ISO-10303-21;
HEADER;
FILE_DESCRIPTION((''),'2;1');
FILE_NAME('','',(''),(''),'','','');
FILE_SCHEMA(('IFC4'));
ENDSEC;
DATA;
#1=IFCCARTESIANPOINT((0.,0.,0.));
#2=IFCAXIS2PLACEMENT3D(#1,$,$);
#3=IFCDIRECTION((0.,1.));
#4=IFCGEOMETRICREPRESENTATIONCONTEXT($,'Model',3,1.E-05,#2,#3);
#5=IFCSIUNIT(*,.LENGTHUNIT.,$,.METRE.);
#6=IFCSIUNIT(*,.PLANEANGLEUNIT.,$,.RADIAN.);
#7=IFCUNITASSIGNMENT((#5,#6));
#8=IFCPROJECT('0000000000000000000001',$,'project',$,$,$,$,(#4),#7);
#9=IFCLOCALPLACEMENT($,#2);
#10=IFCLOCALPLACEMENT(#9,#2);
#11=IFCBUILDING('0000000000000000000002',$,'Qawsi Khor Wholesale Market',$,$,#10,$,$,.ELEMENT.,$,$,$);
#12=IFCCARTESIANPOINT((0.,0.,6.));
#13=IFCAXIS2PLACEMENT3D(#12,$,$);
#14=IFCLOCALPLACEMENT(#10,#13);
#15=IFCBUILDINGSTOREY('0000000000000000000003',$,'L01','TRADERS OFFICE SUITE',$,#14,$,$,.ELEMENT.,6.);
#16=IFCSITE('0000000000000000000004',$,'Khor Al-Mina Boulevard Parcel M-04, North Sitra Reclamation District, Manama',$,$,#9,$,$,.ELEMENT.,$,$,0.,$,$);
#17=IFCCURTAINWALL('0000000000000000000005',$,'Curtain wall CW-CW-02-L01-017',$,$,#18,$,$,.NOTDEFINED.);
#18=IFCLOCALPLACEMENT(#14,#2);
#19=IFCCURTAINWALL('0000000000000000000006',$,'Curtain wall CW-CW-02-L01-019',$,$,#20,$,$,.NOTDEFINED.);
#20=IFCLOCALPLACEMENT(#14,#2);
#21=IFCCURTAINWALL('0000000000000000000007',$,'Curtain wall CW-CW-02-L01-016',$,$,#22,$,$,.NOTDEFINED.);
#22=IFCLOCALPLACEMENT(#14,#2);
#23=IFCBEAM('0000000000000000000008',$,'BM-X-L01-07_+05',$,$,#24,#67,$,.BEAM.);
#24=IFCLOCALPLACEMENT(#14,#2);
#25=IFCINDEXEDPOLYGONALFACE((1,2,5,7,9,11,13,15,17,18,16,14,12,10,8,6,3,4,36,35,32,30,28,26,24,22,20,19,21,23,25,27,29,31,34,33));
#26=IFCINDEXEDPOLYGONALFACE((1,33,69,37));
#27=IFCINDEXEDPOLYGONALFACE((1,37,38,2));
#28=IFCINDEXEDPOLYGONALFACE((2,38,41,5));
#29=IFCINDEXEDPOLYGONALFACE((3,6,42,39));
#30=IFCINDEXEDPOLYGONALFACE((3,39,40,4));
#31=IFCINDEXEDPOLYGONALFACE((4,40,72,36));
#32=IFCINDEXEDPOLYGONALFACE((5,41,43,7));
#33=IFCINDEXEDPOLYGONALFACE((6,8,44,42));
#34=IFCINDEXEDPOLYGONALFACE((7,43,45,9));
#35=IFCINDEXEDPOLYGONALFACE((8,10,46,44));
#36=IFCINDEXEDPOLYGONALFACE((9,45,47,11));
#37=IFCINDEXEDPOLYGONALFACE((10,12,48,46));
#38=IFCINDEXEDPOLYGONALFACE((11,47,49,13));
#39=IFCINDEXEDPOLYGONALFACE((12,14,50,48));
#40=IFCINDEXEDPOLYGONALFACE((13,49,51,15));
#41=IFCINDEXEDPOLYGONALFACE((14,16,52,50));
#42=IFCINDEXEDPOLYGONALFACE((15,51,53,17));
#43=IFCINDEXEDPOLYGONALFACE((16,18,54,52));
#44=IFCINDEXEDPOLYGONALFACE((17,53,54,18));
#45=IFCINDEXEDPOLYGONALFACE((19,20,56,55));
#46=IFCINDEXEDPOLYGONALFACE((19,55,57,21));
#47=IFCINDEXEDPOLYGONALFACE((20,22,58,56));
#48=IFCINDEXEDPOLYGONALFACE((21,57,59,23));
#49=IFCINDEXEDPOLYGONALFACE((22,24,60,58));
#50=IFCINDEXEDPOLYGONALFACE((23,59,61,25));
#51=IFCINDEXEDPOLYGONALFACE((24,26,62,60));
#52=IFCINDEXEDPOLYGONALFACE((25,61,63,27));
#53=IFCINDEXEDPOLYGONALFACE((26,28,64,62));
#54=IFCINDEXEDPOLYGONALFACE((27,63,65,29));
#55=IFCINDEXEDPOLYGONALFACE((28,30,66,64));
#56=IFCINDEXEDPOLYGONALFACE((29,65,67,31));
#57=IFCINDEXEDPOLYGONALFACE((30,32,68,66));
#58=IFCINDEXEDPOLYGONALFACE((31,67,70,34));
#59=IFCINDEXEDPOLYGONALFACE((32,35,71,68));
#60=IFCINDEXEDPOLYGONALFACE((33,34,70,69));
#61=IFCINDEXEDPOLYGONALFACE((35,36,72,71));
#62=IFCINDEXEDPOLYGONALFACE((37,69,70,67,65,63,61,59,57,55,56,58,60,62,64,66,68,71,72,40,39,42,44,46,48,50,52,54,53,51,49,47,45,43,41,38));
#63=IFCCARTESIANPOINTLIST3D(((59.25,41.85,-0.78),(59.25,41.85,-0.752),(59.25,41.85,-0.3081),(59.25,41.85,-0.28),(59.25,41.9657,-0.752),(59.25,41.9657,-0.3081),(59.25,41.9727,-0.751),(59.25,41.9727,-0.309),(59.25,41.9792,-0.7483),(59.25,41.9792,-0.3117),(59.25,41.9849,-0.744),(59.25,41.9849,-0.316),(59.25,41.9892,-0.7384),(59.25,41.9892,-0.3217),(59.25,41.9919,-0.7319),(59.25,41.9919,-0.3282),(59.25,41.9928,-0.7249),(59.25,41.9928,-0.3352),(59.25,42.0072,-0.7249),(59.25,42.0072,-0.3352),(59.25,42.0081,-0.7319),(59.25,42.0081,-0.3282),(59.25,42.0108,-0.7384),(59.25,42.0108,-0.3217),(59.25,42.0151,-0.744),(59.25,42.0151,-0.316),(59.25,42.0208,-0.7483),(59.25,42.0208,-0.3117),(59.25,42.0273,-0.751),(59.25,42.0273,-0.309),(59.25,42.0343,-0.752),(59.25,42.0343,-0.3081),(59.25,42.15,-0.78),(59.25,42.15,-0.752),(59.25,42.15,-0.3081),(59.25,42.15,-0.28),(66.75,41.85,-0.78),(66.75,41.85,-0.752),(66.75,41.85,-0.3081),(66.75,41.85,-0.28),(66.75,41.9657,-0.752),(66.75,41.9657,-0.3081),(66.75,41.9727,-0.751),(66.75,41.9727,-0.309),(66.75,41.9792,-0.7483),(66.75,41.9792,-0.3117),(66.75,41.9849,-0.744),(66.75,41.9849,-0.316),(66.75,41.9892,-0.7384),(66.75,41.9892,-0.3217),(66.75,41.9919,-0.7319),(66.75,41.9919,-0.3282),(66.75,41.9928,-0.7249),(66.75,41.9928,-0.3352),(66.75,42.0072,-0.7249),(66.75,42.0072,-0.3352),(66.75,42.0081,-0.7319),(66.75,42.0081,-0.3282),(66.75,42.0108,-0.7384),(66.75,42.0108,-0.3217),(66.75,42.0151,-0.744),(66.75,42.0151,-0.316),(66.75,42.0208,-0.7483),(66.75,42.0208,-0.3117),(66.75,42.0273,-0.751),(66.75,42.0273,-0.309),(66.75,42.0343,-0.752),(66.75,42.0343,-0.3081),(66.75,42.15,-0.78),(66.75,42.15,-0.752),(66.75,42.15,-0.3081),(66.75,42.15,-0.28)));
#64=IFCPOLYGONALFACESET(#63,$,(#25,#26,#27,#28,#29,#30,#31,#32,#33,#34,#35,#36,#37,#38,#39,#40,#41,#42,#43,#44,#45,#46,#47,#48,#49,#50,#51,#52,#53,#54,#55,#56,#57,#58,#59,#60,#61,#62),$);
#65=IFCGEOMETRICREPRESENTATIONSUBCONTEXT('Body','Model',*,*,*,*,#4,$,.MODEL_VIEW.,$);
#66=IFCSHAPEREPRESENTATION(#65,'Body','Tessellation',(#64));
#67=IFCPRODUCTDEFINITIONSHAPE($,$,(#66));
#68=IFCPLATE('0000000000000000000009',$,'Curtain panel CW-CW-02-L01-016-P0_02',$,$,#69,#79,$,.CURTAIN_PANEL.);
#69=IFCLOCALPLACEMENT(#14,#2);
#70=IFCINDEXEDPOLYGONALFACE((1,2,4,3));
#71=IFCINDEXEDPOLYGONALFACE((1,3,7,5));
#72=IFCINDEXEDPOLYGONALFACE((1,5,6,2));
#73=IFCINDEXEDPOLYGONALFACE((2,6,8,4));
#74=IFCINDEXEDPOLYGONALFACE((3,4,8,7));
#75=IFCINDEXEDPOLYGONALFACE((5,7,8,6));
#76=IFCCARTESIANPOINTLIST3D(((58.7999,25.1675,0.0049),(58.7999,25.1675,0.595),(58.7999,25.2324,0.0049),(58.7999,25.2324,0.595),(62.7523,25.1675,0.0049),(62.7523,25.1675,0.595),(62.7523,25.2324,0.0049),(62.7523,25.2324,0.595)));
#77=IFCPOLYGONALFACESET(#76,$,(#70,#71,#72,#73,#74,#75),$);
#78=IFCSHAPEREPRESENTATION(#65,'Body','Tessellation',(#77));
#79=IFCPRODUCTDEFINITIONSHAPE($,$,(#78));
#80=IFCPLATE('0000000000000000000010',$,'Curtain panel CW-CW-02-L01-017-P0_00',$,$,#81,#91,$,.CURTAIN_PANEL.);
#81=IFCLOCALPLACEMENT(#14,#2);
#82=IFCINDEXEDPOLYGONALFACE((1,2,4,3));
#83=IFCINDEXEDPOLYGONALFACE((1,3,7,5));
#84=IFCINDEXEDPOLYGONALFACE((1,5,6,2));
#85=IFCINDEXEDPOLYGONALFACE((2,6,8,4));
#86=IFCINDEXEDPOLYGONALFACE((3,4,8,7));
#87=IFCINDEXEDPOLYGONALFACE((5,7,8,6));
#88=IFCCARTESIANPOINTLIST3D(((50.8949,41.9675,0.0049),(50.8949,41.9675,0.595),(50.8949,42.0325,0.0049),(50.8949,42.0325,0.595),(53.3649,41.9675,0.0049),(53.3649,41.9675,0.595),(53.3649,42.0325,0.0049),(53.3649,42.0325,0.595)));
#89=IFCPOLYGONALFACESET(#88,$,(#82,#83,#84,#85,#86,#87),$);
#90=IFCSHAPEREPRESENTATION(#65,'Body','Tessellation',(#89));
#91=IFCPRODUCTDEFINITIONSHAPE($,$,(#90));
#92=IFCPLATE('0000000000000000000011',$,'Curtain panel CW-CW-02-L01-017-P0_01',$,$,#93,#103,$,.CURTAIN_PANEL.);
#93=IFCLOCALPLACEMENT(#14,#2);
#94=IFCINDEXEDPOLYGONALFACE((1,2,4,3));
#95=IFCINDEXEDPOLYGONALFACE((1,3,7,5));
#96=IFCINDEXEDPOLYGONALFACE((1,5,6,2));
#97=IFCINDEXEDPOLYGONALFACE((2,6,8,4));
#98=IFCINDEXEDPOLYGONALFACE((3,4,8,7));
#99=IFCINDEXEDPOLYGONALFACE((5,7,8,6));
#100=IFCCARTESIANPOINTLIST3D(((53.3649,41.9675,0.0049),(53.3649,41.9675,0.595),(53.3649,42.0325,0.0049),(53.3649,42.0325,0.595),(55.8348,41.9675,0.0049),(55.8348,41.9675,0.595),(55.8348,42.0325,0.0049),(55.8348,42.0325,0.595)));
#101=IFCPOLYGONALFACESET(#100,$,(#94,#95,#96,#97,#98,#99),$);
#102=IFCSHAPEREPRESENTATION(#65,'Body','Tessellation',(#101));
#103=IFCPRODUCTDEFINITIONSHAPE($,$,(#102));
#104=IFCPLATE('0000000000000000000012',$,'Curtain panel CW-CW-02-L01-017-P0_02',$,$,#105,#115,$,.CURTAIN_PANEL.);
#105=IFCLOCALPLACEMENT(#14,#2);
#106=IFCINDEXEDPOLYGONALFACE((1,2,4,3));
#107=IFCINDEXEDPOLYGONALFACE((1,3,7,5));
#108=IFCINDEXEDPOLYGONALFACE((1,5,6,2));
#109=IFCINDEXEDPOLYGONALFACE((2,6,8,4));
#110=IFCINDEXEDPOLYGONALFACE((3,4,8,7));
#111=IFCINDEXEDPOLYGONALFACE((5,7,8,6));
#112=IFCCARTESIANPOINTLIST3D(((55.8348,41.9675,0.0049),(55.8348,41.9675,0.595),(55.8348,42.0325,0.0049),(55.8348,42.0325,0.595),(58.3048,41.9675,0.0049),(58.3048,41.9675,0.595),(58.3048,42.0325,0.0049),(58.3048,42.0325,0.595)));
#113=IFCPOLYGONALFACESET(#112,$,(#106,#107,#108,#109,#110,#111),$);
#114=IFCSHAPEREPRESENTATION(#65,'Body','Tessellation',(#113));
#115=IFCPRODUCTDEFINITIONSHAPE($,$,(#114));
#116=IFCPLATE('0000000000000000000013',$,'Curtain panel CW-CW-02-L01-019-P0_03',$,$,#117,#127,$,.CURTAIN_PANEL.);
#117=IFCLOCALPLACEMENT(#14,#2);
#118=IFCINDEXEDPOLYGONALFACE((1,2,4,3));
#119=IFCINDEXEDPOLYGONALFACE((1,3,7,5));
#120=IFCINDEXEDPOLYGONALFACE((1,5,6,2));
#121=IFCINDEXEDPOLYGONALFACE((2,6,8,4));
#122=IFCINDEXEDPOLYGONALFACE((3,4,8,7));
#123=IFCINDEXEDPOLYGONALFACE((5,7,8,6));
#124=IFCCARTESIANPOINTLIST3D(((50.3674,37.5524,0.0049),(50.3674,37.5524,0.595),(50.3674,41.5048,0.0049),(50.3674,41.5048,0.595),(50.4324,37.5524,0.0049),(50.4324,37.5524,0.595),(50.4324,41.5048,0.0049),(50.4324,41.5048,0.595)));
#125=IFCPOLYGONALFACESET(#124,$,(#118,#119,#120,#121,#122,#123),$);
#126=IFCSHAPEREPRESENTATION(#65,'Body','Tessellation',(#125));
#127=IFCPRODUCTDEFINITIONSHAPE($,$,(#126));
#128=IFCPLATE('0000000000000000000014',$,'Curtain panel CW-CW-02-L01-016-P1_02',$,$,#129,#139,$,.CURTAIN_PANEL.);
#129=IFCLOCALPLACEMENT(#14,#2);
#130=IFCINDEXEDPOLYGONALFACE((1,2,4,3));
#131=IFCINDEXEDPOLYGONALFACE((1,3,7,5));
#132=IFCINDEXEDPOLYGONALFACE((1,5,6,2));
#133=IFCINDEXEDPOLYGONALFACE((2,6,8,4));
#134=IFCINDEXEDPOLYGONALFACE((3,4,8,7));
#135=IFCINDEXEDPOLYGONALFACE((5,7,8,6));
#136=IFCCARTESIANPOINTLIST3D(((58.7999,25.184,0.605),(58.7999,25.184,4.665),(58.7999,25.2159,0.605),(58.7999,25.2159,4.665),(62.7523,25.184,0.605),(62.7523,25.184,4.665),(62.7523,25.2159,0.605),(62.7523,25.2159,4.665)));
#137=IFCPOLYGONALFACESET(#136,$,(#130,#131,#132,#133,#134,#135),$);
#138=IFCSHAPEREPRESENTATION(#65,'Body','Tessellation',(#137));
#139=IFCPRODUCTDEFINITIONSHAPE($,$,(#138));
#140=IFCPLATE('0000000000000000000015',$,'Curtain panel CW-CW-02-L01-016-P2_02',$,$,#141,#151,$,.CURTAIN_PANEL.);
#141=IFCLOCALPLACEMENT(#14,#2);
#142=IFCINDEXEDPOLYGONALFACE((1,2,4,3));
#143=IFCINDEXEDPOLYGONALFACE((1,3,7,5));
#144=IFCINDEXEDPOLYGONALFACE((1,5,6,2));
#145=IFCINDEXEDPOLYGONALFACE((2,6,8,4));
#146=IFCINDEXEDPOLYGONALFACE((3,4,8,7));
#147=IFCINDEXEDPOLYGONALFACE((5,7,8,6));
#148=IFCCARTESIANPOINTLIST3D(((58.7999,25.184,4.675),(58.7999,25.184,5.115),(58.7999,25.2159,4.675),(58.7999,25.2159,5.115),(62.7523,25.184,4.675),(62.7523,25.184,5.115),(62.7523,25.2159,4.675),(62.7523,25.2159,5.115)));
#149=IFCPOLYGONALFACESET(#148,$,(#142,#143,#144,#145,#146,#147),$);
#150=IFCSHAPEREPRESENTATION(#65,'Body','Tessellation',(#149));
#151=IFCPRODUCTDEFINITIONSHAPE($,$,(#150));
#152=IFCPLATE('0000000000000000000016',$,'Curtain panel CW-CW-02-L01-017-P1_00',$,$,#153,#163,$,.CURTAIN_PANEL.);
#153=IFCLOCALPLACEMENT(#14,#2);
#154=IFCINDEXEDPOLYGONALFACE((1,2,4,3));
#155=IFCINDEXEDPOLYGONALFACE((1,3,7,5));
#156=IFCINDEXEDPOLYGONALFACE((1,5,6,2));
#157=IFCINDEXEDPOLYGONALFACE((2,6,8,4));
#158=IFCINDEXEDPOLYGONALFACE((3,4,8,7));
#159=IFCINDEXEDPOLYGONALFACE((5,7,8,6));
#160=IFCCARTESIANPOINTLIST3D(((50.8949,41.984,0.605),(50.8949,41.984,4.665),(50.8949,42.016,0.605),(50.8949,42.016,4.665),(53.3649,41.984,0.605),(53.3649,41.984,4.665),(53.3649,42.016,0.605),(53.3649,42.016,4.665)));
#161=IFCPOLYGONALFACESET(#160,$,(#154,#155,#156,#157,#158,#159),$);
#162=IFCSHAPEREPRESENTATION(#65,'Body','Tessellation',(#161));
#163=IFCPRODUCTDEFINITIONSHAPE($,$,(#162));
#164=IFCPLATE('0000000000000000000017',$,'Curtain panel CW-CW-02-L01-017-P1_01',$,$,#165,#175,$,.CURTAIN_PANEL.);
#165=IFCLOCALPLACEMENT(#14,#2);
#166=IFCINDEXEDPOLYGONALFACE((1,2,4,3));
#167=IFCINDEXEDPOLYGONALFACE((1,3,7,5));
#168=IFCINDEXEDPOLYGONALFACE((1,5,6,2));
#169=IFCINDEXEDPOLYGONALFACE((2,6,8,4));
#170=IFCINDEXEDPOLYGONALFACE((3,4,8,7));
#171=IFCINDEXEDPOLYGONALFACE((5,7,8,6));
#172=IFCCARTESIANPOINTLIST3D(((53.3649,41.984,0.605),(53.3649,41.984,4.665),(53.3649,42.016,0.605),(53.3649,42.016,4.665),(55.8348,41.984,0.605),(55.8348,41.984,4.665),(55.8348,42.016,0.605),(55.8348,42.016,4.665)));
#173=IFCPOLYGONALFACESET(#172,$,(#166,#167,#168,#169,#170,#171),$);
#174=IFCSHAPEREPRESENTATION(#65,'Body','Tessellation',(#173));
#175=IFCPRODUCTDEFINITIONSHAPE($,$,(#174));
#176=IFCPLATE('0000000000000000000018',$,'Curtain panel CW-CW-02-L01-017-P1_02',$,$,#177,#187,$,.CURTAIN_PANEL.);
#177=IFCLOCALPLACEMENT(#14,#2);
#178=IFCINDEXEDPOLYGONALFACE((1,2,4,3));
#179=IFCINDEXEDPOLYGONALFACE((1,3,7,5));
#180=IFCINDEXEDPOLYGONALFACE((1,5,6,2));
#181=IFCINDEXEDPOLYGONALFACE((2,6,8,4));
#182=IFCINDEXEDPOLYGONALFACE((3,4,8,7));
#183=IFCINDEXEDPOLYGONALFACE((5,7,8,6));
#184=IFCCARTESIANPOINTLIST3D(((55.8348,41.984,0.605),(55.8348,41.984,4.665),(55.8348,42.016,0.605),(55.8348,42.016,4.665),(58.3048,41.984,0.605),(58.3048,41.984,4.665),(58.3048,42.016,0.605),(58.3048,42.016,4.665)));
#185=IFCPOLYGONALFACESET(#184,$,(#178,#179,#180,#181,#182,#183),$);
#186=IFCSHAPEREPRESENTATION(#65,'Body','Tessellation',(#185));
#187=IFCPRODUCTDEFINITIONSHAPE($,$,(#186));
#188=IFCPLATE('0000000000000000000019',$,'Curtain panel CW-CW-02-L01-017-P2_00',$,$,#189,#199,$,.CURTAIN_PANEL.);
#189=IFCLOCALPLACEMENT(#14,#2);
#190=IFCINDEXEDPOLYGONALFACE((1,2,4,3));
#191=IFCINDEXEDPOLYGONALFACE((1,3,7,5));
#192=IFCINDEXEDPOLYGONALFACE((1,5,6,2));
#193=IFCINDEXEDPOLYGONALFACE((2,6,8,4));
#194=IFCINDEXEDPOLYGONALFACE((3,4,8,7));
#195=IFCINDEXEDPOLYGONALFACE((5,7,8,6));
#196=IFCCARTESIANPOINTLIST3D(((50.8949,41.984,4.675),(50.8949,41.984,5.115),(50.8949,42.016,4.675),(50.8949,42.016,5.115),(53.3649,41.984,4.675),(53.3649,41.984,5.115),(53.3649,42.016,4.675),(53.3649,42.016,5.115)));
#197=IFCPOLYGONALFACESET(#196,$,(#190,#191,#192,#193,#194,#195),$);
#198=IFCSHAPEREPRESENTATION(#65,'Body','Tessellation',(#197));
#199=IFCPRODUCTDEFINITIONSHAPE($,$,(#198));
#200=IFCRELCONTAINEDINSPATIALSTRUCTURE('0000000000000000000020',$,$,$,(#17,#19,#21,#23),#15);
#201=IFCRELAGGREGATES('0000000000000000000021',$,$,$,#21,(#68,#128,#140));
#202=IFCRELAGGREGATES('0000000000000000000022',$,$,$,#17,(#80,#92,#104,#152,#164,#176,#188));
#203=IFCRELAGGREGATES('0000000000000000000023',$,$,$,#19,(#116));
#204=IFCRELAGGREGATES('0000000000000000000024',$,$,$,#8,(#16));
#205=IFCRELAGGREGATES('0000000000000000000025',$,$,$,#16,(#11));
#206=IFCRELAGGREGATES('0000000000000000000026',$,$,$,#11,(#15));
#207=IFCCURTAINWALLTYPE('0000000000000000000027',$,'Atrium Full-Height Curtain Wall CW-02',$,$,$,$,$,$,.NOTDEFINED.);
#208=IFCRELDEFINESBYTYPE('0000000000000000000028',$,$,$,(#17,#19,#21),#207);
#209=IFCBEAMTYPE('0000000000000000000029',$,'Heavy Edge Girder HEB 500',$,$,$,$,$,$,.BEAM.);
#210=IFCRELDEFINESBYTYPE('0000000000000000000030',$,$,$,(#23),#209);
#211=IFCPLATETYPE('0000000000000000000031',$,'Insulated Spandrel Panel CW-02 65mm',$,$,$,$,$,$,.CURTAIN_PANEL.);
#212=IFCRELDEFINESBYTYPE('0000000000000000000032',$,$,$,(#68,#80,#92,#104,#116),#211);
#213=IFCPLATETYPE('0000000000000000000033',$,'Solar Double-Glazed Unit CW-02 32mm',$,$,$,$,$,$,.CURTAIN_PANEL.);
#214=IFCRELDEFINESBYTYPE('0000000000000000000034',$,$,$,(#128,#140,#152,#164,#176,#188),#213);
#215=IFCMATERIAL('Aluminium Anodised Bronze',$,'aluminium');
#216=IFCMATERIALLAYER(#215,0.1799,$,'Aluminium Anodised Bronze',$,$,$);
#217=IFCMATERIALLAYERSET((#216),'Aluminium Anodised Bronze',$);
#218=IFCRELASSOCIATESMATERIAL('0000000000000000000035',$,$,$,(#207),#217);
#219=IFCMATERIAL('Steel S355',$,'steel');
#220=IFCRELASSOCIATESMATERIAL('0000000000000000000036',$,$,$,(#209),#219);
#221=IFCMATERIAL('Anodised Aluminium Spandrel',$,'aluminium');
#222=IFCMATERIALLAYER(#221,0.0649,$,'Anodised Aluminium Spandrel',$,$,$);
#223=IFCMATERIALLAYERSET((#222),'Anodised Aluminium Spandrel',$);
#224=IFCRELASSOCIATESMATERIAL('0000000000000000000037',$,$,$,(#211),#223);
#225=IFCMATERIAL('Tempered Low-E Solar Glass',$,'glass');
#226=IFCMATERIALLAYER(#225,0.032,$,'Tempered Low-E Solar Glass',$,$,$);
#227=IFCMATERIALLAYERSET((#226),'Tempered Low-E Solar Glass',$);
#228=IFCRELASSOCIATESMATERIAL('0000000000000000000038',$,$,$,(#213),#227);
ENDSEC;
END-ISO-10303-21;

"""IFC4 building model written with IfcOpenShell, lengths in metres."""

from ifc_helpers import new_model, si_unit, direction, frame, frame_2d, origin, origin_2d, place, context, subcontext, project, spatial, rectangle, i_section, extrude, material, layer, layer_set, material_profile, profile_set, type_object, element, aggregate, save


model = new_model("IFC4")

# Units and contexts
model_context = context("Model", 3, precision=1e-05, world=origin(), true_north=direction((0.0, 1.0)))
body_context = subcontext(model_context, "Body", "Model", "MODEL_VIEW")
ifc_project = project(units=[si_unit("LENGTHUNIT", "METRE"), si_unit("PLANEANGLEUNIT", "RADIAN")], contexts=[model_context])

# Site, building, storey
site_placement = place(None, origin())
site = spatial("IfcSite", under=ifc_project, at=site_placement, Name="Khor Al-Mina Boulevard Parcel M-04, North Sitra Reclamation District, Manama", CompositionType="ELEMENT", RefElevation=0.0)
building_placement = place(site_placement, origin())
building = spatial("IfcBuilding", under=site, at=building_placement, Name="Qawsi Khor Wholesale Market", CompositionType="ELEMENT")
storey_placement = place(building_placement, frame((0.0, 0.0, 6.0)))
storey = spatial("IfcBuildingStorey", under=building, at=storey_placement, Name="L01", Description="TRADERS OFFICE SUITE", CompositionType="ELEMENT", Elevation=6.0)

# Curtain wall
ifc_material_1 = material(Name="Aluminium Anodised Bronze", Category="aluminium")
ifc_layer_1 = layer(ifc_material_1, 0.1799, Name="Aluminium Anodised Bronze")
ifc_layer_set_1 = layer_set([ifc_layer_1], Name="Aluminium Anodised Bronze")
curtain_wall_type = type_object("IfcCurtainWallType", Name="Atrium Full-Height Curtain Wall CW-02", PredefinedType="NOTDEFINED", material=ifc_layer_set_1)
curtain_wall_1_placement = place(storey_placement, origin())
curtain_wall_1 = element("IfcCurtainWall", 1, at=curtain_wall_1_placement, inside=storey, type_object=curtain_wall_type, Name="Curtain wall CW-CW-02-L01-017", PredefinedType="NOTDEFINED")

# Curtain wall
curtain_wall_2_placement = place(storey_placement, origin())
curtain_wall_2 = element("IfcCurtainWall", 2, at=curtain_wall_2_placement, inside=storey, type_object=curtain_wall_type, Name="Curtain wall CW-CW-02-L01-019", PredefinedType="NOTDEFINED")

# Curtain wall
curtain_wall_3_placement = place(storey_placement, origin())
curtain_wall_3 = element("IfcCurtainWall", 3, at=curtain_wall_3_placement, inside=storey, type_object=curtain_wall_type, Name="Curtain wall CW-CW-02-L01-016", PredefinedType="NOTDEFINED")

# Beam
ifc_material_2 = material(Name="Steel S355", Category="steel")
ifc_material_profile_1 = material_profile(ifc_material_2, i_section(OverallWidth=0.3, OverallDepth=0.5, WebThickness=0.0144, FlangeThickness=0.0281, FilletRadius=0.0271, at=origin_2d()), Name="HEB 500")
ifc_profile_set_1 = profile_set([ifc_material_profile_1], Name="Steel S355")
beam_type = type_object("IfcBeamType", Name="Heavy Edge Girder HEB 500", PredefinedType="BEAM", material=ifc_profile_set_1)
for number, where, z_axis, x_axis, name in (
    (4, (59.25, 42.0, -0.53), (1.0, 0.0, 0.0), (0.0, 1.0, 0.0), "BM-X-L01-07_+05"),
):
    element("IfcBeam", number, at=place(storey_placement, frame(where, z_axis=z_axis, x_axis=x_axis)), inside=storey, type_object=beam_type, Name=name, PredefinedType="BEAM", context=body_context, shape_type="SweptSolid", body=[
        extrude(i_section(OverallWidth=0.3, OverallDepth=0.5, WebThickness=0.0144, FlangeThickness=0.0281, FilletRadius=0.0271, at=origin_2d()), origin(), (0.0, 0.0, 1.0), 7.5),
    ])

# Plates
ifc_material_3 = material(Name="Anodised Aluminium Spandrel", Category="aluminium")
ifc_layer_2 = layer(ifc_material_3, 0.0649, Name="Anodised Aluminium Spandrel")
ifc_layer_set_2 = layer_set([ifc_layer_2], Name="Anodised Aluminium Spandrel")
plate_type_1 = type_object("IfcPlateType", Name="Insulated Spandrel Panel CW-02 65mm", PredefinedType="CURTAIN_PANEL", material=ifc_layer_set_2)
plate_1_placement = place(storey_placement, frame((58.8, 25.2, 0.0049), z_axis=(0.0, 0.0, 1.0), x_axis=(1.0, 0.0, 0.0)))
plate_1 = element("IfcPlate", 5, at=plate_1_placement, type_object=plate_type_1, Name="Curtain panel CW-CW-02-L01-016-P0_02", PredefinedType="CURTAIN_PANEL", context=body_context, shape_type="SweptSolid", body=[
    extrude(rectangle(XDim=3.9524, YDim=0.0649, at=frame_2d((1.9761, 0.0))), origin(), (0.0, 0.0, 1.0), 0.5901),
])
plate_2_placement = place(storey_placement, frame((50.895, 42.0, 0.0049), z_axis=(0.0, 0.0, 1.0), x_axis=(1.0, 0.0, 0.0)))
plate_2 = element("IfcPlate", 6, at=plate_2_placement, type_object=plate_type_1, Name="Curtain panel CW-CW-02-L01-017-P0_00", PredefinedType="CURTAIN_PANEL", context=body_context, shape_type="SweptSolid", body=[
    extrude(rectangle(XDim=2.47, YDim=0.0649, at=frame_2d((1.2349, 0.0))), origin(), (0.0, 0.0, 1.0), 0.5901),
])
plate_3_placement = place(storey_placement, frame((53.365, 42.0, 0.0049), z_axis=(0.0, 0.0, 1.0), x_axis=(1.0, 0.0, 0.0)))
plate_3 = element("IfcPlate", 7, at=plate_3_placement, type_object=plate_type_1, Name="Curtain panel CW-CW-02-L01-017-P0_01", PredefinedType="CURTAIN_PANEL", context=body_context, shape_type="SweptSolid", body=[
    extrude(rectangle(XDim=2.47, YDim=0.0649, at=frame_2d((1.2349, 0.0))), origin(), (0.0, 0.0, 1.0), 0.5901),
])
plate_4_placement = place(storey_placement, frame((55.835, 42.0, 0.0049), z_axis=(0.0, 0.0, 1.0), x_axis=(1.0, 0.0, 0.0)))
plate_4 = element("IfcPlate", 8, at=plate_4_placement, type_object=plate_type_1, Name="Curtain panel CW-CW-02-L01-017-P0_02", PredefinedType="CURTAIN_PANEL", context=body_context, shape_type="SweptSolid", body=[
    extrude(rectangle(XDim=2.47, YDim=0.0649, at=frame_2d((1.2349, 0.0))), origin(), (0.0, 0.0, 1.0), 0.5901),
])
plate_5_placement = place(storey_placement, frame((50.3999, 37.5525, 0.0049), z_axis=(0.0, 0.0, 1.0), x_axis=(0.0, 1.0, 0.0)))
plate_5 = element("IfcPlate", 9, at=plate_5_placement, type_object=plate_type_1, Name="Curtain panel CW-CW-02-L01-019-P0_03", PredefinedType="CURTAIN_PANEL", context=body_context, shape_type="SweptSolid", body=[
    extrude(rectangle(XDim=3.9524, YDim=0.0649, at=frame_2d((1.9761, 0.0))), origin(), (0.0, 0.0, 1.0), 0.5901),
])
ifc_material_4 = material(Name="Tempered Low-E Solar Glass", Category="glass")
ifc_layer_3 = layer(ifc_material_4, 0.032, Name="Tempered Low-E Solar Glass")
ifc_layer_set_3 = layer_set([ifc_layer_3], Name="Tempered Low-E Solar Glass")
plate_type_2 = type_object("IfcPlateType", Name="Solar Double-Glazed Unit CW-02 32mm", PredefinedType="CURTAIN_PANEL", material=ifc_layer_set_3)
plate_6_placement = place(storey_placement, frame((58.8, 25.2, 0.605), z_axis=(0.0, 0.0, 1.0), x_axis=(1.0, 0.0, 0.0)))
plate_6 = element("IfcPlate", 10, at=plate_6_placement, type_object=plate_type_2, Name="Curtain panel CW-CW-02-L01-016-P1_02", PredefinedType="CURTAIN_PANEL", context=body_context, shape_type="SweptSolid", body=[
    extrude(rectangle(XDim=3.9524, YDim=0.032, at=frame_2d((1.9761, 0.0))), origin(), (0.0, 0.0, 1.0), 4.0601),
])
plate_7_placement = place(storey_placement, frame((58.8, 25.2, 4.675), z_axis=(0.0, 0.0, 1.0), x_axis=(1.0, 0.0, 0.0)))
plate_7 = element("IfcPlate", 11, at=plate_7_placement, type_object=plate_type_2, Name="Curtain panel CW-CW-02-L01-016-P2_02", PredefinedType="CURTAIN_PANEL", context=body_context, shape_type="SweptSolid", body=[
    extrude(rectangle(XDim=3.9524, YDim=0.032, at=frame_2d((1.9761, 0.0))), origin(), (0.0, 0.0, 1.0), 0.4399),
])
aggregate(curtain_wall_3, [plate_1, plate_6, plate_7])
plate_8_placement = place(storey_placement, frame((50.895, 42.0, 0.605), z_axis=(0.0, 0.0, 1.0), x_axis=(1.0, 0.0, 0.0)))
plate_8 = element("IfcPlate", 12, at=plate_8_placement, type_object=plate_type_2, Name="Curtain panel CW-CW-02-L01-017-P1_00", PredefinedType="CURTAIN_PANEL", context=body_context, shape_type="SweptSolid", body=[
    extrude(rectangle(XDim=2.47, YDim=0.032, at=frame_2d((1.2349, 0.0))), origin(), (0.0, 0.0, 1.0), 4.0601),
])
plate_9_placement = place(storey_placement, frame((53.365, 42.0, 0.605), z_axis=(0.0, 0.0, 1.0), x_axis=(1.0, 0.0, 0.0)))
plate_9 = element("IfcPlate", 13, at=plate_9_placement, type_object=plate_type_2, Name="Curtain panel CW-CW-02-L01-017-P1_01", PredefinedType="CURTAIN_PANEL", context=body_context, shape_type="SweptSolid", body=[
    extrude(rectangle(XDim=2.47, YDim=0.032, at=frame_2d((1.2349, 0.0))), origin(), (0.0, 0.0, 1.0), 4.0601),
])
plate_10_placement = place(storey_placement, frame((55.835, 42.0, 0.605), z_axis=(0.0, 0.0, 1.0), x_axis=(1.0, 0.0, 0.0)))
plate_10 = element("IfcPlate", 14, at=plate_10_placement, type_object=plate_type_2, Name="Curtain panel CW-CW-02-L01-017-P1_02", PredefinedType="CURTAIN_PANEL", context=body_context, shape_type="SweptSolid", body=[
    extrude(rectangle(XDim=2.47, YDim=0.032, at=frame_2d((1.2349, 0.0))), origin(), (0.0, 0.0, 1.0), 4.0601),
])
plate_11_placement = place(storey_placement, frame((50.895, 42.0, 4.675), z_axis=(0.0, 0.0, 1.0), x_axis=(1.0, 0.0, 0.0)))
plate_11 = element("IfcPlate", 15, at=plate_11_placement, type_object=plate_type_2, Name="Curtain panel CW-CW-02-L01-017-P2_00", PredefinedType="CURTAIN_PANEL", context=body_context, shape_type="SweptSolid", body=[
    extrude(rectangle(XDim=2.47, YDim=0.032, at=frame_2d((1.2349, 0.0))), origin(), (0.0, 0.0, 1.0), 0.4399),
])
aggregate(curtain_wall_1, [plate_2, plate_3, plate_4, plate_8, plate_9, plate_10, plate_11])
aggregate(curtain_wall_2, [plate_5])

save(model, "model.ifc")
